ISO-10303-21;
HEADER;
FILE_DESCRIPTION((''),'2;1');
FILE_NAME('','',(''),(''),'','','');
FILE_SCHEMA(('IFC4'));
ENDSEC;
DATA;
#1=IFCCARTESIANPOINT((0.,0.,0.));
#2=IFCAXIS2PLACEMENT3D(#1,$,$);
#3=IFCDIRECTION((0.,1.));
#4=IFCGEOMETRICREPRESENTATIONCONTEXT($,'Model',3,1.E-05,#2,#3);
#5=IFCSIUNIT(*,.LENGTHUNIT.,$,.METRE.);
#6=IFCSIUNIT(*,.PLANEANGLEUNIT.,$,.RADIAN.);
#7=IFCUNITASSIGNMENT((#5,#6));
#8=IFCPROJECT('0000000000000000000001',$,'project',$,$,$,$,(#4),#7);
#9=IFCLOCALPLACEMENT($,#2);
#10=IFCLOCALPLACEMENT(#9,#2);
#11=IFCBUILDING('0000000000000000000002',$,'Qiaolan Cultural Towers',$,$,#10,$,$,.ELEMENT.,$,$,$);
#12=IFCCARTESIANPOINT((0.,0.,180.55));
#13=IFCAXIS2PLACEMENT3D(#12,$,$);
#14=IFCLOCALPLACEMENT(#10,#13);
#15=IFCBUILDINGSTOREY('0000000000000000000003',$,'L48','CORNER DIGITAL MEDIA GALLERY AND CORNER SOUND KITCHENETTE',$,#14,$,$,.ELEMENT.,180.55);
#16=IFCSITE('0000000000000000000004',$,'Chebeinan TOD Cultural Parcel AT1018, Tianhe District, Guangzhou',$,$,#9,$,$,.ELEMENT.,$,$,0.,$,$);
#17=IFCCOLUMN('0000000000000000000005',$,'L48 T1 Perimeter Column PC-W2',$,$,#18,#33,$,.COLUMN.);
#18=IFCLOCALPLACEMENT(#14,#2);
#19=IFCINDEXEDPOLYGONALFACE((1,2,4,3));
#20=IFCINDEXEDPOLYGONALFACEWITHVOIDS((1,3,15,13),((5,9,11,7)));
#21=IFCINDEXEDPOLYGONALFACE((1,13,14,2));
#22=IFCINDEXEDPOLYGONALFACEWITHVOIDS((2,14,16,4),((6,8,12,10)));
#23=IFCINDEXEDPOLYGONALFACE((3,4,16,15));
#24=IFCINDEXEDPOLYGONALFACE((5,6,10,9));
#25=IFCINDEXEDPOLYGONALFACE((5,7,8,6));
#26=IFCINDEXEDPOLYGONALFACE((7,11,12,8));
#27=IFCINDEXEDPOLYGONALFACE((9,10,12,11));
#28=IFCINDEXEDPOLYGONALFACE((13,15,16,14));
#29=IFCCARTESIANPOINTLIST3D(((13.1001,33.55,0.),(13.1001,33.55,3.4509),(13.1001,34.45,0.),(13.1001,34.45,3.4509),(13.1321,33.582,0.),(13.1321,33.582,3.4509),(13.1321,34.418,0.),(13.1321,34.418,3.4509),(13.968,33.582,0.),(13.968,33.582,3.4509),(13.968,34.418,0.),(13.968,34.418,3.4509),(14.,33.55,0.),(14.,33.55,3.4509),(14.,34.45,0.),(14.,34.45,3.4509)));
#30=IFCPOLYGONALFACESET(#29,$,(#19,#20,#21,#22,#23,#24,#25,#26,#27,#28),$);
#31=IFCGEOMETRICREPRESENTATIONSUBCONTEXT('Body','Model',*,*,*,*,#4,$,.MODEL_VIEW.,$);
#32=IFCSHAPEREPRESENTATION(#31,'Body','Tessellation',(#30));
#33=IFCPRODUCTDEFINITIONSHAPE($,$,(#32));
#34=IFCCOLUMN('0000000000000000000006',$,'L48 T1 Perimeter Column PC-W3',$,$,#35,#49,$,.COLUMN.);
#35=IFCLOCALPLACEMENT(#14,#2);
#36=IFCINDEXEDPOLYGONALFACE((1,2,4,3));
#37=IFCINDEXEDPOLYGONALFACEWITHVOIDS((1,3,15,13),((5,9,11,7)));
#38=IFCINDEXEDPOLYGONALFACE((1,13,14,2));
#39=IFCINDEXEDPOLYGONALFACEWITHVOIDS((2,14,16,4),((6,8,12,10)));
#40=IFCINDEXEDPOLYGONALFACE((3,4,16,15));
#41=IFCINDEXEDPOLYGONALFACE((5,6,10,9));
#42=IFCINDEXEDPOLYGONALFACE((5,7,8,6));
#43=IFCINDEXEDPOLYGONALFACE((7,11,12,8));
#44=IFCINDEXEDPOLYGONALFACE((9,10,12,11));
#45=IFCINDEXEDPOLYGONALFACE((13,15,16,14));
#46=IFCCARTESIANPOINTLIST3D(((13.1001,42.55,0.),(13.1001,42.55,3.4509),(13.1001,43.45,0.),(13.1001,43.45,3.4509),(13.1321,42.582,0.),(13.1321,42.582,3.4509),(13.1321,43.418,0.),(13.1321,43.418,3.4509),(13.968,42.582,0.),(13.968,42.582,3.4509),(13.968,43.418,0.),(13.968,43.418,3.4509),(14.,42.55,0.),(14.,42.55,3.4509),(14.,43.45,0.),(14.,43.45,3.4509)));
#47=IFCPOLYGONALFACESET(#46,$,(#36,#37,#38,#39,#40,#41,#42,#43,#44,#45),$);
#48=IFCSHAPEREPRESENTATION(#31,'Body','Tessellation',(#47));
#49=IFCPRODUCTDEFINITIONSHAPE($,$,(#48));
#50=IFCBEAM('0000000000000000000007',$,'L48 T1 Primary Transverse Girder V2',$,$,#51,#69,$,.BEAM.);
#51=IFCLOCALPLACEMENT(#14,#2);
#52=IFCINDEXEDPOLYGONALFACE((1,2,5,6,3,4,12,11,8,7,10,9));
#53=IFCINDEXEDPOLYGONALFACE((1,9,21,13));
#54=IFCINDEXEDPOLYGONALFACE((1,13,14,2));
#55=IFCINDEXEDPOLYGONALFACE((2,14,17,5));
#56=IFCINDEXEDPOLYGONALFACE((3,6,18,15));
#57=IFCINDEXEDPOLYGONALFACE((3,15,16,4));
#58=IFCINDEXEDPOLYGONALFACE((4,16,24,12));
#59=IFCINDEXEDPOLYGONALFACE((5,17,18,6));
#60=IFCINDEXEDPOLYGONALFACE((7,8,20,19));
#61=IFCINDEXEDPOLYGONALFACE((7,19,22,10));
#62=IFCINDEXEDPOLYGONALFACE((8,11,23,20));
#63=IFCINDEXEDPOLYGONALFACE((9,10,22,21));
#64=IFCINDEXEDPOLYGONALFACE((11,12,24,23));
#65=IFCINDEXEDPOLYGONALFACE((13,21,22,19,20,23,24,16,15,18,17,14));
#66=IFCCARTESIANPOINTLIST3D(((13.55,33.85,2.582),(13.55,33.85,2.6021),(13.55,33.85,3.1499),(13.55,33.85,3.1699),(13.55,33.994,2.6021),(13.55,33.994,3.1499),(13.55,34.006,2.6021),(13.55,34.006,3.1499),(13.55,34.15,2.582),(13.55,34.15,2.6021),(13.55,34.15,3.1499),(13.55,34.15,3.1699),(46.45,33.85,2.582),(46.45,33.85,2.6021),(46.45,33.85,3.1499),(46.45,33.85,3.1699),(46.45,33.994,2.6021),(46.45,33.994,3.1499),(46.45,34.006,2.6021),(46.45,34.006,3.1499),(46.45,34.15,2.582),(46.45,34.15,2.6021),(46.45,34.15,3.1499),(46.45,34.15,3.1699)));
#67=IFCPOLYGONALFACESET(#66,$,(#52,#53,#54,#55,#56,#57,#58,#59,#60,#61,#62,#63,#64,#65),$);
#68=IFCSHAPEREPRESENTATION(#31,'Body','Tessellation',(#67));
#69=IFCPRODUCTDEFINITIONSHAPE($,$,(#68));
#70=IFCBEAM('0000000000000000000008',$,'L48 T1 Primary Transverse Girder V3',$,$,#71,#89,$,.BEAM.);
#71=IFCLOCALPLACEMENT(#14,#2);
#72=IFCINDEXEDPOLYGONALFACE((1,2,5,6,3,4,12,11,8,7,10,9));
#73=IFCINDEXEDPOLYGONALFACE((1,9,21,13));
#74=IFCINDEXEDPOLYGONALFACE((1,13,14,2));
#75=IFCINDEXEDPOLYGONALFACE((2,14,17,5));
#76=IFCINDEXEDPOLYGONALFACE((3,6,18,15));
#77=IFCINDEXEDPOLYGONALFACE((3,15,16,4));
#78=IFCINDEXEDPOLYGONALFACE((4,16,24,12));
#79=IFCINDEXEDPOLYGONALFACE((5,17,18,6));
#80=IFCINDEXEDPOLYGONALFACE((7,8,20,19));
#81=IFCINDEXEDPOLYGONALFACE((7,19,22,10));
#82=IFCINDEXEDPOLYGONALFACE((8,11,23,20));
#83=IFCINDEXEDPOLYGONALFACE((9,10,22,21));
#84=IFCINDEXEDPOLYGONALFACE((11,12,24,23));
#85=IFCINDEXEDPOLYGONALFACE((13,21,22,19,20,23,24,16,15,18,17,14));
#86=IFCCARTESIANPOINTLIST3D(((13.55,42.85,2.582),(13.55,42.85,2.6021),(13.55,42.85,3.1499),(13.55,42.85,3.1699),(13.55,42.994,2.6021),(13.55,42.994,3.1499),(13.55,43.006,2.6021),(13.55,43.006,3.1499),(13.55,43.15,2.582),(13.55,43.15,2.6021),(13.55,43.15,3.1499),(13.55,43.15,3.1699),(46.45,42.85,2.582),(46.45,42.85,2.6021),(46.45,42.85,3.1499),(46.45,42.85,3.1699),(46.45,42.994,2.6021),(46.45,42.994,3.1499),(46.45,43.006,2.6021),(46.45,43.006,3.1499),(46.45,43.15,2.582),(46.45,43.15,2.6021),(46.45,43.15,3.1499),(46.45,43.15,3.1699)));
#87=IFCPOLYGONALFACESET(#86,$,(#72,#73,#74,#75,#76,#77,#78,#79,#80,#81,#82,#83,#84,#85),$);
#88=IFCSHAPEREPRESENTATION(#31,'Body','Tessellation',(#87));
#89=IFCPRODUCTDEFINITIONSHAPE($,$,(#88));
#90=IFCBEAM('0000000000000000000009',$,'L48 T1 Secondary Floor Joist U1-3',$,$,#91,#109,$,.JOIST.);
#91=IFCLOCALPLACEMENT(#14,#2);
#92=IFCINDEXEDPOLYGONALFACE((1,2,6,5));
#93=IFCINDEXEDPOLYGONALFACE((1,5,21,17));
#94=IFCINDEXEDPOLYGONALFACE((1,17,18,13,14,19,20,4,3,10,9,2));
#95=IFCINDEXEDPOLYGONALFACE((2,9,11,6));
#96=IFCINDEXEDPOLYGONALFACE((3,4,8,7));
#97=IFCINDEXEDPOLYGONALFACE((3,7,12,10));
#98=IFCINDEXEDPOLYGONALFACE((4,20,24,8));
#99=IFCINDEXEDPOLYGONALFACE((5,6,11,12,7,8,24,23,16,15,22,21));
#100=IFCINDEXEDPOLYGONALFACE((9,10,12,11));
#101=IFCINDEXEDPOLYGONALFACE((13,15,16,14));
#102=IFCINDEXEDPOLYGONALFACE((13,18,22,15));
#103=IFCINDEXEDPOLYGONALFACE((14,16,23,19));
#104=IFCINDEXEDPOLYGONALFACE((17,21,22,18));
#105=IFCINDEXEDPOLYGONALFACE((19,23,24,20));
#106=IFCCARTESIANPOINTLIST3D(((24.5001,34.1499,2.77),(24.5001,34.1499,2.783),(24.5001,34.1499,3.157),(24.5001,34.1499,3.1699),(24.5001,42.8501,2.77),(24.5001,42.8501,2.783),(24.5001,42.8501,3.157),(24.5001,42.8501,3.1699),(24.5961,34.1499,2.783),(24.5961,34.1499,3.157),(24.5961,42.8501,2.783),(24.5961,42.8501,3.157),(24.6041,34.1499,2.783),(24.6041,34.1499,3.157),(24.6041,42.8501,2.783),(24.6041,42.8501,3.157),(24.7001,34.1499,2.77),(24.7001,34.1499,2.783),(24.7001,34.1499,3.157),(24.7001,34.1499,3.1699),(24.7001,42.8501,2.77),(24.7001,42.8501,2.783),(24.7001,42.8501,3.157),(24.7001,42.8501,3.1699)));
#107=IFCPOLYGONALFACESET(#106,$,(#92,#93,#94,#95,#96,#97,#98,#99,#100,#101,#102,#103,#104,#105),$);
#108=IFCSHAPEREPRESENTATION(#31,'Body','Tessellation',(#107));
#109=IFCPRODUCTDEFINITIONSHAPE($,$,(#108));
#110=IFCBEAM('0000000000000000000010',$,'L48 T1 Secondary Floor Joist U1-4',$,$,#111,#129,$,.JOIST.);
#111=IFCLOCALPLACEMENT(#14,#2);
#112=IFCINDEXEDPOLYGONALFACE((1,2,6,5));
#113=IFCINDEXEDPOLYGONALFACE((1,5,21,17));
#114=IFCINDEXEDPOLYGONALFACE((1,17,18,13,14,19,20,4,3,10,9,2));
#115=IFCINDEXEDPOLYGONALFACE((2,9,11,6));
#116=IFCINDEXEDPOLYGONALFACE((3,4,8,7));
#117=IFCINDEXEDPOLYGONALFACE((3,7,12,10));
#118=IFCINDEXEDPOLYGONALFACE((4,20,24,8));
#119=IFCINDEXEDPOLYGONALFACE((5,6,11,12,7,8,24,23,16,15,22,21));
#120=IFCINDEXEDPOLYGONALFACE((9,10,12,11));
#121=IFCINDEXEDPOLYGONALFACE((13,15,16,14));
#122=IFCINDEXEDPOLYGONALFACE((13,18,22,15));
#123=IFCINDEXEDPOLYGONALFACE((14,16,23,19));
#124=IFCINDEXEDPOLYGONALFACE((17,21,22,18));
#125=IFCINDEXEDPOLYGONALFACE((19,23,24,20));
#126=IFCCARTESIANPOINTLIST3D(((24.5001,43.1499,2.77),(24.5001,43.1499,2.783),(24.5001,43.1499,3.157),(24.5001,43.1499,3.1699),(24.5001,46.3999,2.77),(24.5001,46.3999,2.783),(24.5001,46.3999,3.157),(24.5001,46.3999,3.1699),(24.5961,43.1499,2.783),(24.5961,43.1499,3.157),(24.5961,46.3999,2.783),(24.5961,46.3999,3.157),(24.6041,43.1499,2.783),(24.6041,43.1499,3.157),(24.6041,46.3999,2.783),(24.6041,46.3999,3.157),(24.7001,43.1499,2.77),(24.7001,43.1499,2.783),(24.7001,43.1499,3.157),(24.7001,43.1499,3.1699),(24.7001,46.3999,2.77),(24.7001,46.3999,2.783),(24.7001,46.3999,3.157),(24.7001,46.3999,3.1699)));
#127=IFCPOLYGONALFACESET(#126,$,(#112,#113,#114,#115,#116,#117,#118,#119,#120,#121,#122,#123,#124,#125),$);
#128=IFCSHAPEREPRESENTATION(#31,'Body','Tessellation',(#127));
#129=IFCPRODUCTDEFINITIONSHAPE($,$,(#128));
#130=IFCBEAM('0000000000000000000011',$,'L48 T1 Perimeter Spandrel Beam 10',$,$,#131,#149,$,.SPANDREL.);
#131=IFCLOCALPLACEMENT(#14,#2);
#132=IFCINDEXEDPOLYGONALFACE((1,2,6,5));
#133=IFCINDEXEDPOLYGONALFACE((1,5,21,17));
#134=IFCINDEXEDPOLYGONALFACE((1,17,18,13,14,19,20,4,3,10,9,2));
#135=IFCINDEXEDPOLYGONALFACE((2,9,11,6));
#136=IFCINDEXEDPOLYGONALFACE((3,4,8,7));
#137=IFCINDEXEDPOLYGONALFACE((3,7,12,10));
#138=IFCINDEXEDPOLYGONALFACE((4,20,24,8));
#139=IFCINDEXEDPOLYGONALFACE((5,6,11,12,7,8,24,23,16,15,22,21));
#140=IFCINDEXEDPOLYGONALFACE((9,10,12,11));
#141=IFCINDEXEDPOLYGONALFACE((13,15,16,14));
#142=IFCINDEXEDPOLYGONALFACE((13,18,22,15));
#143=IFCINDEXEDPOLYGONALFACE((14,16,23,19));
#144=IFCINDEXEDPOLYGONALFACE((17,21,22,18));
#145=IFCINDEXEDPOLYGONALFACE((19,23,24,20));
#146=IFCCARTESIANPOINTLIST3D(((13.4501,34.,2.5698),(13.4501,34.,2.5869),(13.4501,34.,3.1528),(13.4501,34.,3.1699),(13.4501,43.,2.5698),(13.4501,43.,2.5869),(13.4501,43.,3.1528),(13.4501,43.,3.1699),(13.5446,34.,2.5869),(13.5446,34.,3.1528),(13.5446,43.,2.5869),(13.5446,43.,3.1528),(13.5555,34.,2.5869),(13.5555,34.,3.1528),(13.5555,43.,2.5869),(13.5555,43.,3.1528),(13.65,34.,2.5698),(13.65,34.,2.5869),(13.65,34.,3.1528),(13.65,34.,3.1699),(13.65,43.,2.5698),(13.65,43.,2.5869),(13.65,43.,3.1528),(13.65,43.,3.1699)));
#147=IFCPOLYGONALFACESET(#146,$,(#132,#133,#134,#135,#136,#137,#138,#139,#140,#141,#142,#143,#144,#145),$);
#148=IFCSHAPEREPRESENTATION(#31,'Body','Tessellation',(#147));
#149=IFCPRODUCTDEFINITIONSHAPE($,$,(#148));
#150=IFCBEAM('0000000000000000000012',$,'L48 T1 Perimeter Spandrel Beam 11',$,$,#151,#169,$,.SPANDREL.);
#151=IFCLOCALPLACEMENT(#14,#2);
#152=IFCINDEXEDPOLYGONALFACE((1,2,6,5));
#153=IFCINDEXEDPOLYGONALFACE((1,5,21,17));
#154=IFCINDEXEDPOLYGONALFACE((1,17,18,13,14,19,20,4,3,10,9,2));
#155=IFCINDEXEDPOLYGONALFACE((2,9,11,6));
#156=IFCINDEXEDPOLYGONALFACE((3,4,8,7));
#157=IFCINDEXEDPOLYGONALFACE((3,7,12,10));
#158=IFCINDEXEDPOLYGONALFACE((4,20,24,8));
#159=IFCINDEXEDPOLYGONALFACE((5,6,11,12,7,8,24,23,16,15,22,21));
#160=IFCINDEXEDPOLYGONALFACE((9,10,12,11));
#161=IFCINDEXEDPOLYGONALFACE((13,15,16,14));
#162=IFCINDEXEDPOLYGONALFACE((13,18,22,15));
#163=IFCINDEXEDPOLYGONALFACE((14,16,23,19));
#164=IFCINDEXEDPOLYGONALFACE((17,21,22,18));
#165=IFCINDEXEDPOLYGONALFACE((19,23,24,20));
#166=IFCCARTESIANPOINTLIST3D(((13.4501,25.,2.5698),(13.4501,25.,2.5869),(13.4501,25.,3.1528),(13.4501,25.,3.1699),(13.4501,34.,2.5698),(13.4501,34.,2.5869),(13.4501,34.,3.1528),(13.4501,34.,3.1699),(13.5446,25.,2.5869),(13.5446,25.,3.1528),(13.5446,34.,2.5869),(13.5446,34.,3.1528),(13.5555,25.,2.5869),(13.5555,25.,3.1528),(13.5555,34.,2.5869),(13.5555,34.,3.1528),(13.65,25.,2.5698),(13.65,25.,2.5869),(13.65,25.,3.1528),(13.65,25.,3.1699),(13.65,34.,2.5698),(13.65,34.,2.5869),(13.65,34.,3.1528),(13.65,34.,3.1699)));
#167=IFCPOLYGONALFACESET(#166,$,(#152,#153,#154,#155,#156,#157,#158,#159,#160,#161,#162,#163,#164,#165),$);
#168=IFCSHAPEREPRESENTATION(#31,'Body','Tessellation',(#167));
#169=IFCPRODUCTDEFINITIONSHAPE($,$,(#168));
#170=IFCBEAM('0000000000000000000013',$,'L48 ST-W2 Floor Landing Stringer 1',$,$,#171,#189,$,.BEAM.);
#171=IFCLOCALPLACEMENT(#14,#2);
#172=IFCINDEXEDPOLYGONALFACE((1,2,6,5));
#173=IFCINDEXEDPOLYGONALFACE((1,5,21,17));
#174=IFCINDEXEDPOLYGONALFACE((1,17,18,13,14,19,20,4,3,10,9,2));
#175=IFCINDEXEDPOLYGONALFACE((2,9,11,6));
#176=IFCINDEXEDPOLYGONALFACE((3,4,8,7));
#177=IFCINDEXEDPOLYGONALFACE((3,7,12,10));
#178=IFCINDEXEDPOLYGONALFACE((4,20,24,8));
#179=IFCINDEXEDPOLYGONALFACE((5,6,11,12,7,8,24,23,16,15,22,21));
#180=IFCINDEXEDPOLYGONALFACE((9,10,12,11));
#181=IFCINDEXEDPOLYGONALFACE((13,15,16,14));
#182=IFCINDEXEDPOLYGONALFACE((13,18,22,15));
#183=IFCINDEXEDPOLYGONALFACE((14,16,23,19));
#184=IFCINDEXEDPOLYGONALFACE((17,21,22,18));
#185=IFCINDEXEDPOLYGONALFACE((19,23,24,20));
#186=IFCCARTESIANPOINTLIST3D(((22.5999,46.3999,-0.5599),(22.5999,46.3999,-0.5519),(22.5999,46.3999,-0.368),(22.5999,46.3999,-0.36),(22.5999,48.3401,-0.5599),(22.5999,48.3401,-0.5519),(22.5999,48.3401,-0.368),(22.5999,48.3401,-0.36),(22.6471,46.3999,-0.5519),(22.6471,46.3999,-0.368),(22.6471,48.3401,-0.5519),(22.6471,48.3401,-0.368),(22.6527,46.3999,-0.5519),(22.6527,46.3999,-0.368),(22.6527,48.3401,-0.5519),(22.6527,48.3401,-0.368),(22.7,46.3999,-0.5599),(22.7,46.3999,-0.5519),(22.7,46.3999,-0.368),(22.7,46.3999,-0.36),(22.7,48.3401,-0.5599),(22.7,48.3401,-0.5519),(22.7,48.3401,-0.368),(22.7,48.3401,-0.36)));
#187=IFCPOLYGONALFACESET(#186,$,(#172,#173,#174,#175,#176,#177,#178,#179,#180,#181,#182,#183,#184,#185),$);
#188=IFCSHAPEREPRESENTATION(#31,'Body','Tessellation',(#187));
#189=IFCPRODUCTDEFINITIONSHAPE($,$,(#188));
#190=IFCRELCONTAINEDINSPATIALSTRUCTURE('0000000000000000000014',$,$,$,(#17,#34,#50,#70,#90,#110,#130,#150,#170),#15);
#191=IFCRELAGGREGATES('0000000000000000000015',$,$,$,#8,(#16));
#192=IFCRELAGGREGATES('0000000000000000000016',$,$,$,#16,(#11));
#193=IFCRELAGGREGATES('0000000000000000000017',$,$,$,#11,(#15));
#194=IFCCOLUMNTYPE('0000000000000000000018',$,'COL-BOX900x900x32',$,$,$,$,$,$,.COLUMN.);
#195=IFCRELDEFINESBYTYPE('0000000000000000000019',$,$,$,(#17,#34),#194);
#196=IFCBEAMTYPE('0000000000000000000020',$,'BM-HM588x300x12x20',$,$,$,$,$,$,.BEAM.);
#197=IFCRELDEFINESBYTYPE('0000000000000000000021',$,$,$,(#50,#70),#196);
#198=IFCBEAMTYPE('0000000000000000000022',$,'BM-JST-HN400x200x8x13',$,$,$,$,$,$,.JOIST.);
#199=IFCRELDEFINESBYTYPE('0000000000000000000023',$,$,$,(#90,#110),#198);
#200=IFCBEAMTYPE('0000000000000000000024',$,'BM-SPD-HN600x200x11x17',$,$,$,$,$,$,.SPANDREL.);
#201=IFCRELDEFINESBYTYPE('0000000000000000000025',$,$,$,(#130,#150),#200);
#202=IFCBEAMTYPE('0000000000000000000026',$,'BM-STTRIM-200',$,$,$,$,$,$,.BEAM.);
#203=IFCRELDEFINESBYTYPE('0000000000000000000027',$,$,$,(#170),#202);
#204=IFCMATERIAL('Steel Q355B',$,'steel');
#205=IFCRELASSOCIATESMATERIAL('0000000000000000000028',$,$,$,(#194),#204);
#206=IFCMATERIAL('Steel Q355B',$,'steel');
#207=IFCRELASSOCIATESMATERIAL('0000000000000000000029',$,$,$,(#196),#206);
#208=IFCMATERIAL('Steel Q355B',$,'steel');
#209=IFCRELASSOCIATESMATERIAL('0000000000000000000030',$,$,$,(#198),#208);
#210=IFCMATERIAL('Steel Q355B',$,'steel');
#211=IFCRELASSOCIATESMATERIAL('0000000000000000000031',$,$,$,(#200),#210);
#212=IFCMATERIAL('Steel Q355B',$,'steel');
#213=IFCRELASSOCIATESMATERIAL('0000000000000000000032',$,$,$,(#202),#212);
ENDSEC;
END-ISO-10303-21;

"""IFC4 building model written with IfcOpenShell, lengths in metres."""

from ifc_helpers import new_model, si_unit, direction, frame, origin, origin_2d, place, context, subcontext, project, spatial, hollow_rectangle, i_section, extrude, material, material_profile, profile_set, type_object, element, save


model = new_model("IFC4")

# Units and contexts
model_context = context("Model", 3, precision=1e-05, world=origin(), true_north=direction((0.0, 1.0)))
body_context = subcontext(model_context, "Body", "Model", "MODEL_VIEW")
ifc_project = project(units=[si_unit("LENGTHUNIT", "METRE"), si_unit("PLANEANGLEUNIT", "RADIAN")], contexts=[model_context])

# Site, building, storey
site_placement = place(None, origin())
site = spatial("IfcSite", under=ifc_project, at=site_placement, Name="Chebeinan TOD Cultural Parcel AT1018, Tianhe District, Guangzhou", CompositionType="ELEMENT", RefElevation=0.0)
building_placement = place(site_placement, origin())
building = spatial("IfcBuilding", under=site, at=building_placement, Name="Qiaolan Cultural Towers", CompositionType="ELEMENT")
storey_placement = place(building_placement, frame((0.0, 0.0, 180.55)))
storey = spatial("IfcBuildingStorey", under=building, at=storey_placement, Name="L48", Description="CORNER DIGITAL MEDIA GALLERY AND CORNER SOUND KITCHENETTE", CompositionType="ELEMENT", Elevation=180.55)

# Columns
ifc_material_1 = material(Name="Steel Q355B", Category="steel")
ifc_material_profile_1 = material_profile(ifc_material_1, hollow_rectangle(XDim=0.8999, YDim=0.8999, WallThickness=0.032, at=origin_2d()), Name="BOX900x900x32")
ifc_profile_set_1 = profile_set([ifc_material_profile_1], Name="Steel Q355B")
column_type = type_object("IfcColumnType", Name="COL-BOX900x900x32", PredefinedType="COLUMN", material=ifc_profile_set_1)
for number, where, z_axis, x_axis, name in (
    (1, (13.55, 34.0, 0.0), (0.0, 0.0, 1.0), (1.0, 0.0, 0.0), "L48 T1 Perimeter Column PC-W2"),
    (2, (13.55, 43.0, 0.0), (0.0, 0.0, 1.0), (1.0, 0.0, 0.0), "L48 T1 Perimeter Column PC-W3"),
):
    element("IfcColumn", number, at=place(storey_placement, frame(where, z_axis=z_axis, x_axis=x_axis)), inside=storey, type_object=column_type, Name=name, PredefinedType="COLUMN", context=body_context, shape_type="SweptSolid", body=[
        extrude(hollow_rectangle(XDim=0.8999, YDim=0.8999, WallThickness=0.032, at=origin_2d()), origin(), (0.0, 0.0, 1.0), 3.4509),
    ])

# Beams
ifc_material_2 = material(Name="Steel Q355B", Category="steel")
ifc_material_profile_2 = material_profile(ifc_material_2, i_section(OverallWidth=0.3, OverallDepth=0.5879, WebThickness=0.012, FlangeThickness=0.02, at=origin_2d()), Name="HM588x300x12x20")
ifc_profile_set_2 = profile_set([ifc_material_profile_2], Name="Steel Q355B")
beam_type_1 = type_object("IfcBeamType", Name="BM-HM588x300x12x20", PredefinedType="BEAM", material=ifc_profile_set_2)
for number, where, z_axis, x_axis, name in (
    (3, (13.55, 34.0, 2.876), (1.0, 0.0, 0.0), (0.0, 1.0, 0.0), "L48 T1 Primary Transverse Girder V2"),
    (4, (13.55, 43.0, 2.876), (1.0, 0.0, 0.0), (0.0, 1.0, 0.0), "L48 T1 Primary Transverse Girder V3"),
):
    element("IfcBeam", number, at=place(storey_placement, frame(where, z_axis=z_axis, x_axis=x_axis)), inside=storey, type_object=beam_type_1, Name=name, PredefinedType="BEAM", context=body_context, shape_type="SweptSolid", body=[
        extrude(i_section(OverallWidth=0.3, OverallDepth=0.5879, WebThickness=0.012, FlangeThickness=0.02, at=origin_2d()), origin(), (0.0, 0.0, 1.0), 32.8999),
    ])
ifc_material_3 = material(Name="Steel Q355B", Category="steel")
ifc_material_profile_3 = material_profile(ifc_material_3, i_section(OverallWidth=0.2, OverallDepth=0.3999, WebThickness=0.0081, FlangeThickness=0.0129, at=origin_2d()), Name="HN400x200x8x13")
ifc_profile_set_3 = profile_set([ifc_material_profile_3], Name="Steel Q355B")
beam_type_2 = type_object("IfcBeamType", Name="BM-JST-HN400x200x8x13", PredefinedType="JOIST", material=ifc_profile_set_3)
beam_1_placement = place(storey_placement, frame((24.6001, 34.1499, 2.97), z_axis=(0.0, 1.0, 0.0), x_axis=(-1.0, 0.0, 0.0)))
element("IfcBeam", 5, at=beam_1_placement, inside=storey, type_object=beam_type_2, Name="L48 T1 Secondary Floor Joist U1-3", PredefinedType="JOIST", context=body_context, shape_type="SweptSolid", body=[
    extrude(i_section(OverallWidth=0.2, OverallDepth=0.3999, WebThickness=0.0081, FlangeThickness=0.0129, at=origin_2d()), origin(), (0.0, 0.0, 1.0), 8.7002),
])
beam_2_placement = place(storey_placement, frame((24.6001, 43.1499, 2.97), z_axis=(0.0, 1.0, 0.0), x_axis=(-1.0, 0.0, 0.0)))
element("IfcBeam", 6, at=beam_2_placement, inside=storey, type_object=beam_type_2, Name="L48 T1 Secondary Floor Joist U1-4", PredefinedType="JOIST", context=body_context, shape_type="SweptSolid", body=[
    extrude(i_section(OverallWidth=0.2, OverallDepth=0.3999, WebThickness=0.0081, FlangeThickness=0.0129, at=origin_2d()), origin(), (0.0, 0.0, 1.0), 3.25),
])
ifc_material_4 = material(Name="Steel Q355B", Category="steel")
ifc_material_profile_4 = material_profile(ifc_material_4, i_section(OverallWidth=0.2, OverallDepth=0.6001, WebThickness=0.011, FlangeThickness=0.0171, at=origin_2d()), Name="HN600x200x11x17")
ifc_profile_set_4 = profile_set([ifc_material_profile_4], Name="Steel Q355B")
beam_type_3 = type_object("IfcBeamType", Name="BM-SPD-HN600x200x11x17", PredefinedType="SPANDREL", material=ifc_profile_set_4)
for number, where, z_axis, x_axis, name in (
    (7, (13.55, 43.0, 2.8699), (0.0, -1.0, 0.0), (1.0, 0.0, 0.0), "L48 T1 Perimeter Spandrel Beam 10"),
    (8, (13.55, 34.0, 2.8699), (0.0, -1.0, 0.0), (1.0, 0.0, 0.0), "L48 T1 Perimeter Spandrel Beam 11"),
):
    element("IfcBeam", number, at=place(storey_placement, frame(where, z_axis=z_axis, x_axis=x_axis)), inside=storey, type_object=beam_type_3, Name=name, PredefinedType="SPANDREL", context=body_context, shape_type="SweptSolid", body=[
        extrude(i_section(OverallWidth=0.2, OverallDepth=0.6001, WebThickness=0.011, FlangeThickness=0.0171, at=origin_2d()), origin(), (0.0, 0.0, 1.0), 9.0),
    ])
ifc_material_5 = material(Name="Steel Q355B", Category="steel")
ifc_material_profile_5 = material_profile(ifc_material_5, i_section(OverallWidth=0.1001, OverallDepth=0.2, WebThickness=0.0056, FlangeThickness=0.0081, at=origin_2d()), Name="HN200x100x5.5x8")
ifc_profile_set_5 = profile_set([ifc_material_profile_5], Name="Steel Q355B")
beam_type_4 = type_object("IfcBeamType", Name="BM-STTRIM-200", PredefinedType="BEAM", material=ifc_profile_set_5)
beam_3_placement = place(storey_placement, frame((22.6499, 46.3999, -0.46), z_axis=(0.0, 1.0, 0.0), x_axis=(-1.0, 0.0, 0.0)))
element("IfcBeam", 9, at=beam_3_placement, inside=storey, type_object=beam_type_4, Name="L48 ST-W2 Floor Landing Stringer 1", PredefinedType="BEAM", context=body_context, shape_type="SweptSolid", body=[
    extrude(i_section(OverallWidth=0.1001, OverallDepth=0.2, WebThickness=0.0056, FlangeThickness=0.0081, at=origin_2d()), origin(), (0.0, 0.0, 1.0), 1.9402),
])

save(model, "model.ifc")
